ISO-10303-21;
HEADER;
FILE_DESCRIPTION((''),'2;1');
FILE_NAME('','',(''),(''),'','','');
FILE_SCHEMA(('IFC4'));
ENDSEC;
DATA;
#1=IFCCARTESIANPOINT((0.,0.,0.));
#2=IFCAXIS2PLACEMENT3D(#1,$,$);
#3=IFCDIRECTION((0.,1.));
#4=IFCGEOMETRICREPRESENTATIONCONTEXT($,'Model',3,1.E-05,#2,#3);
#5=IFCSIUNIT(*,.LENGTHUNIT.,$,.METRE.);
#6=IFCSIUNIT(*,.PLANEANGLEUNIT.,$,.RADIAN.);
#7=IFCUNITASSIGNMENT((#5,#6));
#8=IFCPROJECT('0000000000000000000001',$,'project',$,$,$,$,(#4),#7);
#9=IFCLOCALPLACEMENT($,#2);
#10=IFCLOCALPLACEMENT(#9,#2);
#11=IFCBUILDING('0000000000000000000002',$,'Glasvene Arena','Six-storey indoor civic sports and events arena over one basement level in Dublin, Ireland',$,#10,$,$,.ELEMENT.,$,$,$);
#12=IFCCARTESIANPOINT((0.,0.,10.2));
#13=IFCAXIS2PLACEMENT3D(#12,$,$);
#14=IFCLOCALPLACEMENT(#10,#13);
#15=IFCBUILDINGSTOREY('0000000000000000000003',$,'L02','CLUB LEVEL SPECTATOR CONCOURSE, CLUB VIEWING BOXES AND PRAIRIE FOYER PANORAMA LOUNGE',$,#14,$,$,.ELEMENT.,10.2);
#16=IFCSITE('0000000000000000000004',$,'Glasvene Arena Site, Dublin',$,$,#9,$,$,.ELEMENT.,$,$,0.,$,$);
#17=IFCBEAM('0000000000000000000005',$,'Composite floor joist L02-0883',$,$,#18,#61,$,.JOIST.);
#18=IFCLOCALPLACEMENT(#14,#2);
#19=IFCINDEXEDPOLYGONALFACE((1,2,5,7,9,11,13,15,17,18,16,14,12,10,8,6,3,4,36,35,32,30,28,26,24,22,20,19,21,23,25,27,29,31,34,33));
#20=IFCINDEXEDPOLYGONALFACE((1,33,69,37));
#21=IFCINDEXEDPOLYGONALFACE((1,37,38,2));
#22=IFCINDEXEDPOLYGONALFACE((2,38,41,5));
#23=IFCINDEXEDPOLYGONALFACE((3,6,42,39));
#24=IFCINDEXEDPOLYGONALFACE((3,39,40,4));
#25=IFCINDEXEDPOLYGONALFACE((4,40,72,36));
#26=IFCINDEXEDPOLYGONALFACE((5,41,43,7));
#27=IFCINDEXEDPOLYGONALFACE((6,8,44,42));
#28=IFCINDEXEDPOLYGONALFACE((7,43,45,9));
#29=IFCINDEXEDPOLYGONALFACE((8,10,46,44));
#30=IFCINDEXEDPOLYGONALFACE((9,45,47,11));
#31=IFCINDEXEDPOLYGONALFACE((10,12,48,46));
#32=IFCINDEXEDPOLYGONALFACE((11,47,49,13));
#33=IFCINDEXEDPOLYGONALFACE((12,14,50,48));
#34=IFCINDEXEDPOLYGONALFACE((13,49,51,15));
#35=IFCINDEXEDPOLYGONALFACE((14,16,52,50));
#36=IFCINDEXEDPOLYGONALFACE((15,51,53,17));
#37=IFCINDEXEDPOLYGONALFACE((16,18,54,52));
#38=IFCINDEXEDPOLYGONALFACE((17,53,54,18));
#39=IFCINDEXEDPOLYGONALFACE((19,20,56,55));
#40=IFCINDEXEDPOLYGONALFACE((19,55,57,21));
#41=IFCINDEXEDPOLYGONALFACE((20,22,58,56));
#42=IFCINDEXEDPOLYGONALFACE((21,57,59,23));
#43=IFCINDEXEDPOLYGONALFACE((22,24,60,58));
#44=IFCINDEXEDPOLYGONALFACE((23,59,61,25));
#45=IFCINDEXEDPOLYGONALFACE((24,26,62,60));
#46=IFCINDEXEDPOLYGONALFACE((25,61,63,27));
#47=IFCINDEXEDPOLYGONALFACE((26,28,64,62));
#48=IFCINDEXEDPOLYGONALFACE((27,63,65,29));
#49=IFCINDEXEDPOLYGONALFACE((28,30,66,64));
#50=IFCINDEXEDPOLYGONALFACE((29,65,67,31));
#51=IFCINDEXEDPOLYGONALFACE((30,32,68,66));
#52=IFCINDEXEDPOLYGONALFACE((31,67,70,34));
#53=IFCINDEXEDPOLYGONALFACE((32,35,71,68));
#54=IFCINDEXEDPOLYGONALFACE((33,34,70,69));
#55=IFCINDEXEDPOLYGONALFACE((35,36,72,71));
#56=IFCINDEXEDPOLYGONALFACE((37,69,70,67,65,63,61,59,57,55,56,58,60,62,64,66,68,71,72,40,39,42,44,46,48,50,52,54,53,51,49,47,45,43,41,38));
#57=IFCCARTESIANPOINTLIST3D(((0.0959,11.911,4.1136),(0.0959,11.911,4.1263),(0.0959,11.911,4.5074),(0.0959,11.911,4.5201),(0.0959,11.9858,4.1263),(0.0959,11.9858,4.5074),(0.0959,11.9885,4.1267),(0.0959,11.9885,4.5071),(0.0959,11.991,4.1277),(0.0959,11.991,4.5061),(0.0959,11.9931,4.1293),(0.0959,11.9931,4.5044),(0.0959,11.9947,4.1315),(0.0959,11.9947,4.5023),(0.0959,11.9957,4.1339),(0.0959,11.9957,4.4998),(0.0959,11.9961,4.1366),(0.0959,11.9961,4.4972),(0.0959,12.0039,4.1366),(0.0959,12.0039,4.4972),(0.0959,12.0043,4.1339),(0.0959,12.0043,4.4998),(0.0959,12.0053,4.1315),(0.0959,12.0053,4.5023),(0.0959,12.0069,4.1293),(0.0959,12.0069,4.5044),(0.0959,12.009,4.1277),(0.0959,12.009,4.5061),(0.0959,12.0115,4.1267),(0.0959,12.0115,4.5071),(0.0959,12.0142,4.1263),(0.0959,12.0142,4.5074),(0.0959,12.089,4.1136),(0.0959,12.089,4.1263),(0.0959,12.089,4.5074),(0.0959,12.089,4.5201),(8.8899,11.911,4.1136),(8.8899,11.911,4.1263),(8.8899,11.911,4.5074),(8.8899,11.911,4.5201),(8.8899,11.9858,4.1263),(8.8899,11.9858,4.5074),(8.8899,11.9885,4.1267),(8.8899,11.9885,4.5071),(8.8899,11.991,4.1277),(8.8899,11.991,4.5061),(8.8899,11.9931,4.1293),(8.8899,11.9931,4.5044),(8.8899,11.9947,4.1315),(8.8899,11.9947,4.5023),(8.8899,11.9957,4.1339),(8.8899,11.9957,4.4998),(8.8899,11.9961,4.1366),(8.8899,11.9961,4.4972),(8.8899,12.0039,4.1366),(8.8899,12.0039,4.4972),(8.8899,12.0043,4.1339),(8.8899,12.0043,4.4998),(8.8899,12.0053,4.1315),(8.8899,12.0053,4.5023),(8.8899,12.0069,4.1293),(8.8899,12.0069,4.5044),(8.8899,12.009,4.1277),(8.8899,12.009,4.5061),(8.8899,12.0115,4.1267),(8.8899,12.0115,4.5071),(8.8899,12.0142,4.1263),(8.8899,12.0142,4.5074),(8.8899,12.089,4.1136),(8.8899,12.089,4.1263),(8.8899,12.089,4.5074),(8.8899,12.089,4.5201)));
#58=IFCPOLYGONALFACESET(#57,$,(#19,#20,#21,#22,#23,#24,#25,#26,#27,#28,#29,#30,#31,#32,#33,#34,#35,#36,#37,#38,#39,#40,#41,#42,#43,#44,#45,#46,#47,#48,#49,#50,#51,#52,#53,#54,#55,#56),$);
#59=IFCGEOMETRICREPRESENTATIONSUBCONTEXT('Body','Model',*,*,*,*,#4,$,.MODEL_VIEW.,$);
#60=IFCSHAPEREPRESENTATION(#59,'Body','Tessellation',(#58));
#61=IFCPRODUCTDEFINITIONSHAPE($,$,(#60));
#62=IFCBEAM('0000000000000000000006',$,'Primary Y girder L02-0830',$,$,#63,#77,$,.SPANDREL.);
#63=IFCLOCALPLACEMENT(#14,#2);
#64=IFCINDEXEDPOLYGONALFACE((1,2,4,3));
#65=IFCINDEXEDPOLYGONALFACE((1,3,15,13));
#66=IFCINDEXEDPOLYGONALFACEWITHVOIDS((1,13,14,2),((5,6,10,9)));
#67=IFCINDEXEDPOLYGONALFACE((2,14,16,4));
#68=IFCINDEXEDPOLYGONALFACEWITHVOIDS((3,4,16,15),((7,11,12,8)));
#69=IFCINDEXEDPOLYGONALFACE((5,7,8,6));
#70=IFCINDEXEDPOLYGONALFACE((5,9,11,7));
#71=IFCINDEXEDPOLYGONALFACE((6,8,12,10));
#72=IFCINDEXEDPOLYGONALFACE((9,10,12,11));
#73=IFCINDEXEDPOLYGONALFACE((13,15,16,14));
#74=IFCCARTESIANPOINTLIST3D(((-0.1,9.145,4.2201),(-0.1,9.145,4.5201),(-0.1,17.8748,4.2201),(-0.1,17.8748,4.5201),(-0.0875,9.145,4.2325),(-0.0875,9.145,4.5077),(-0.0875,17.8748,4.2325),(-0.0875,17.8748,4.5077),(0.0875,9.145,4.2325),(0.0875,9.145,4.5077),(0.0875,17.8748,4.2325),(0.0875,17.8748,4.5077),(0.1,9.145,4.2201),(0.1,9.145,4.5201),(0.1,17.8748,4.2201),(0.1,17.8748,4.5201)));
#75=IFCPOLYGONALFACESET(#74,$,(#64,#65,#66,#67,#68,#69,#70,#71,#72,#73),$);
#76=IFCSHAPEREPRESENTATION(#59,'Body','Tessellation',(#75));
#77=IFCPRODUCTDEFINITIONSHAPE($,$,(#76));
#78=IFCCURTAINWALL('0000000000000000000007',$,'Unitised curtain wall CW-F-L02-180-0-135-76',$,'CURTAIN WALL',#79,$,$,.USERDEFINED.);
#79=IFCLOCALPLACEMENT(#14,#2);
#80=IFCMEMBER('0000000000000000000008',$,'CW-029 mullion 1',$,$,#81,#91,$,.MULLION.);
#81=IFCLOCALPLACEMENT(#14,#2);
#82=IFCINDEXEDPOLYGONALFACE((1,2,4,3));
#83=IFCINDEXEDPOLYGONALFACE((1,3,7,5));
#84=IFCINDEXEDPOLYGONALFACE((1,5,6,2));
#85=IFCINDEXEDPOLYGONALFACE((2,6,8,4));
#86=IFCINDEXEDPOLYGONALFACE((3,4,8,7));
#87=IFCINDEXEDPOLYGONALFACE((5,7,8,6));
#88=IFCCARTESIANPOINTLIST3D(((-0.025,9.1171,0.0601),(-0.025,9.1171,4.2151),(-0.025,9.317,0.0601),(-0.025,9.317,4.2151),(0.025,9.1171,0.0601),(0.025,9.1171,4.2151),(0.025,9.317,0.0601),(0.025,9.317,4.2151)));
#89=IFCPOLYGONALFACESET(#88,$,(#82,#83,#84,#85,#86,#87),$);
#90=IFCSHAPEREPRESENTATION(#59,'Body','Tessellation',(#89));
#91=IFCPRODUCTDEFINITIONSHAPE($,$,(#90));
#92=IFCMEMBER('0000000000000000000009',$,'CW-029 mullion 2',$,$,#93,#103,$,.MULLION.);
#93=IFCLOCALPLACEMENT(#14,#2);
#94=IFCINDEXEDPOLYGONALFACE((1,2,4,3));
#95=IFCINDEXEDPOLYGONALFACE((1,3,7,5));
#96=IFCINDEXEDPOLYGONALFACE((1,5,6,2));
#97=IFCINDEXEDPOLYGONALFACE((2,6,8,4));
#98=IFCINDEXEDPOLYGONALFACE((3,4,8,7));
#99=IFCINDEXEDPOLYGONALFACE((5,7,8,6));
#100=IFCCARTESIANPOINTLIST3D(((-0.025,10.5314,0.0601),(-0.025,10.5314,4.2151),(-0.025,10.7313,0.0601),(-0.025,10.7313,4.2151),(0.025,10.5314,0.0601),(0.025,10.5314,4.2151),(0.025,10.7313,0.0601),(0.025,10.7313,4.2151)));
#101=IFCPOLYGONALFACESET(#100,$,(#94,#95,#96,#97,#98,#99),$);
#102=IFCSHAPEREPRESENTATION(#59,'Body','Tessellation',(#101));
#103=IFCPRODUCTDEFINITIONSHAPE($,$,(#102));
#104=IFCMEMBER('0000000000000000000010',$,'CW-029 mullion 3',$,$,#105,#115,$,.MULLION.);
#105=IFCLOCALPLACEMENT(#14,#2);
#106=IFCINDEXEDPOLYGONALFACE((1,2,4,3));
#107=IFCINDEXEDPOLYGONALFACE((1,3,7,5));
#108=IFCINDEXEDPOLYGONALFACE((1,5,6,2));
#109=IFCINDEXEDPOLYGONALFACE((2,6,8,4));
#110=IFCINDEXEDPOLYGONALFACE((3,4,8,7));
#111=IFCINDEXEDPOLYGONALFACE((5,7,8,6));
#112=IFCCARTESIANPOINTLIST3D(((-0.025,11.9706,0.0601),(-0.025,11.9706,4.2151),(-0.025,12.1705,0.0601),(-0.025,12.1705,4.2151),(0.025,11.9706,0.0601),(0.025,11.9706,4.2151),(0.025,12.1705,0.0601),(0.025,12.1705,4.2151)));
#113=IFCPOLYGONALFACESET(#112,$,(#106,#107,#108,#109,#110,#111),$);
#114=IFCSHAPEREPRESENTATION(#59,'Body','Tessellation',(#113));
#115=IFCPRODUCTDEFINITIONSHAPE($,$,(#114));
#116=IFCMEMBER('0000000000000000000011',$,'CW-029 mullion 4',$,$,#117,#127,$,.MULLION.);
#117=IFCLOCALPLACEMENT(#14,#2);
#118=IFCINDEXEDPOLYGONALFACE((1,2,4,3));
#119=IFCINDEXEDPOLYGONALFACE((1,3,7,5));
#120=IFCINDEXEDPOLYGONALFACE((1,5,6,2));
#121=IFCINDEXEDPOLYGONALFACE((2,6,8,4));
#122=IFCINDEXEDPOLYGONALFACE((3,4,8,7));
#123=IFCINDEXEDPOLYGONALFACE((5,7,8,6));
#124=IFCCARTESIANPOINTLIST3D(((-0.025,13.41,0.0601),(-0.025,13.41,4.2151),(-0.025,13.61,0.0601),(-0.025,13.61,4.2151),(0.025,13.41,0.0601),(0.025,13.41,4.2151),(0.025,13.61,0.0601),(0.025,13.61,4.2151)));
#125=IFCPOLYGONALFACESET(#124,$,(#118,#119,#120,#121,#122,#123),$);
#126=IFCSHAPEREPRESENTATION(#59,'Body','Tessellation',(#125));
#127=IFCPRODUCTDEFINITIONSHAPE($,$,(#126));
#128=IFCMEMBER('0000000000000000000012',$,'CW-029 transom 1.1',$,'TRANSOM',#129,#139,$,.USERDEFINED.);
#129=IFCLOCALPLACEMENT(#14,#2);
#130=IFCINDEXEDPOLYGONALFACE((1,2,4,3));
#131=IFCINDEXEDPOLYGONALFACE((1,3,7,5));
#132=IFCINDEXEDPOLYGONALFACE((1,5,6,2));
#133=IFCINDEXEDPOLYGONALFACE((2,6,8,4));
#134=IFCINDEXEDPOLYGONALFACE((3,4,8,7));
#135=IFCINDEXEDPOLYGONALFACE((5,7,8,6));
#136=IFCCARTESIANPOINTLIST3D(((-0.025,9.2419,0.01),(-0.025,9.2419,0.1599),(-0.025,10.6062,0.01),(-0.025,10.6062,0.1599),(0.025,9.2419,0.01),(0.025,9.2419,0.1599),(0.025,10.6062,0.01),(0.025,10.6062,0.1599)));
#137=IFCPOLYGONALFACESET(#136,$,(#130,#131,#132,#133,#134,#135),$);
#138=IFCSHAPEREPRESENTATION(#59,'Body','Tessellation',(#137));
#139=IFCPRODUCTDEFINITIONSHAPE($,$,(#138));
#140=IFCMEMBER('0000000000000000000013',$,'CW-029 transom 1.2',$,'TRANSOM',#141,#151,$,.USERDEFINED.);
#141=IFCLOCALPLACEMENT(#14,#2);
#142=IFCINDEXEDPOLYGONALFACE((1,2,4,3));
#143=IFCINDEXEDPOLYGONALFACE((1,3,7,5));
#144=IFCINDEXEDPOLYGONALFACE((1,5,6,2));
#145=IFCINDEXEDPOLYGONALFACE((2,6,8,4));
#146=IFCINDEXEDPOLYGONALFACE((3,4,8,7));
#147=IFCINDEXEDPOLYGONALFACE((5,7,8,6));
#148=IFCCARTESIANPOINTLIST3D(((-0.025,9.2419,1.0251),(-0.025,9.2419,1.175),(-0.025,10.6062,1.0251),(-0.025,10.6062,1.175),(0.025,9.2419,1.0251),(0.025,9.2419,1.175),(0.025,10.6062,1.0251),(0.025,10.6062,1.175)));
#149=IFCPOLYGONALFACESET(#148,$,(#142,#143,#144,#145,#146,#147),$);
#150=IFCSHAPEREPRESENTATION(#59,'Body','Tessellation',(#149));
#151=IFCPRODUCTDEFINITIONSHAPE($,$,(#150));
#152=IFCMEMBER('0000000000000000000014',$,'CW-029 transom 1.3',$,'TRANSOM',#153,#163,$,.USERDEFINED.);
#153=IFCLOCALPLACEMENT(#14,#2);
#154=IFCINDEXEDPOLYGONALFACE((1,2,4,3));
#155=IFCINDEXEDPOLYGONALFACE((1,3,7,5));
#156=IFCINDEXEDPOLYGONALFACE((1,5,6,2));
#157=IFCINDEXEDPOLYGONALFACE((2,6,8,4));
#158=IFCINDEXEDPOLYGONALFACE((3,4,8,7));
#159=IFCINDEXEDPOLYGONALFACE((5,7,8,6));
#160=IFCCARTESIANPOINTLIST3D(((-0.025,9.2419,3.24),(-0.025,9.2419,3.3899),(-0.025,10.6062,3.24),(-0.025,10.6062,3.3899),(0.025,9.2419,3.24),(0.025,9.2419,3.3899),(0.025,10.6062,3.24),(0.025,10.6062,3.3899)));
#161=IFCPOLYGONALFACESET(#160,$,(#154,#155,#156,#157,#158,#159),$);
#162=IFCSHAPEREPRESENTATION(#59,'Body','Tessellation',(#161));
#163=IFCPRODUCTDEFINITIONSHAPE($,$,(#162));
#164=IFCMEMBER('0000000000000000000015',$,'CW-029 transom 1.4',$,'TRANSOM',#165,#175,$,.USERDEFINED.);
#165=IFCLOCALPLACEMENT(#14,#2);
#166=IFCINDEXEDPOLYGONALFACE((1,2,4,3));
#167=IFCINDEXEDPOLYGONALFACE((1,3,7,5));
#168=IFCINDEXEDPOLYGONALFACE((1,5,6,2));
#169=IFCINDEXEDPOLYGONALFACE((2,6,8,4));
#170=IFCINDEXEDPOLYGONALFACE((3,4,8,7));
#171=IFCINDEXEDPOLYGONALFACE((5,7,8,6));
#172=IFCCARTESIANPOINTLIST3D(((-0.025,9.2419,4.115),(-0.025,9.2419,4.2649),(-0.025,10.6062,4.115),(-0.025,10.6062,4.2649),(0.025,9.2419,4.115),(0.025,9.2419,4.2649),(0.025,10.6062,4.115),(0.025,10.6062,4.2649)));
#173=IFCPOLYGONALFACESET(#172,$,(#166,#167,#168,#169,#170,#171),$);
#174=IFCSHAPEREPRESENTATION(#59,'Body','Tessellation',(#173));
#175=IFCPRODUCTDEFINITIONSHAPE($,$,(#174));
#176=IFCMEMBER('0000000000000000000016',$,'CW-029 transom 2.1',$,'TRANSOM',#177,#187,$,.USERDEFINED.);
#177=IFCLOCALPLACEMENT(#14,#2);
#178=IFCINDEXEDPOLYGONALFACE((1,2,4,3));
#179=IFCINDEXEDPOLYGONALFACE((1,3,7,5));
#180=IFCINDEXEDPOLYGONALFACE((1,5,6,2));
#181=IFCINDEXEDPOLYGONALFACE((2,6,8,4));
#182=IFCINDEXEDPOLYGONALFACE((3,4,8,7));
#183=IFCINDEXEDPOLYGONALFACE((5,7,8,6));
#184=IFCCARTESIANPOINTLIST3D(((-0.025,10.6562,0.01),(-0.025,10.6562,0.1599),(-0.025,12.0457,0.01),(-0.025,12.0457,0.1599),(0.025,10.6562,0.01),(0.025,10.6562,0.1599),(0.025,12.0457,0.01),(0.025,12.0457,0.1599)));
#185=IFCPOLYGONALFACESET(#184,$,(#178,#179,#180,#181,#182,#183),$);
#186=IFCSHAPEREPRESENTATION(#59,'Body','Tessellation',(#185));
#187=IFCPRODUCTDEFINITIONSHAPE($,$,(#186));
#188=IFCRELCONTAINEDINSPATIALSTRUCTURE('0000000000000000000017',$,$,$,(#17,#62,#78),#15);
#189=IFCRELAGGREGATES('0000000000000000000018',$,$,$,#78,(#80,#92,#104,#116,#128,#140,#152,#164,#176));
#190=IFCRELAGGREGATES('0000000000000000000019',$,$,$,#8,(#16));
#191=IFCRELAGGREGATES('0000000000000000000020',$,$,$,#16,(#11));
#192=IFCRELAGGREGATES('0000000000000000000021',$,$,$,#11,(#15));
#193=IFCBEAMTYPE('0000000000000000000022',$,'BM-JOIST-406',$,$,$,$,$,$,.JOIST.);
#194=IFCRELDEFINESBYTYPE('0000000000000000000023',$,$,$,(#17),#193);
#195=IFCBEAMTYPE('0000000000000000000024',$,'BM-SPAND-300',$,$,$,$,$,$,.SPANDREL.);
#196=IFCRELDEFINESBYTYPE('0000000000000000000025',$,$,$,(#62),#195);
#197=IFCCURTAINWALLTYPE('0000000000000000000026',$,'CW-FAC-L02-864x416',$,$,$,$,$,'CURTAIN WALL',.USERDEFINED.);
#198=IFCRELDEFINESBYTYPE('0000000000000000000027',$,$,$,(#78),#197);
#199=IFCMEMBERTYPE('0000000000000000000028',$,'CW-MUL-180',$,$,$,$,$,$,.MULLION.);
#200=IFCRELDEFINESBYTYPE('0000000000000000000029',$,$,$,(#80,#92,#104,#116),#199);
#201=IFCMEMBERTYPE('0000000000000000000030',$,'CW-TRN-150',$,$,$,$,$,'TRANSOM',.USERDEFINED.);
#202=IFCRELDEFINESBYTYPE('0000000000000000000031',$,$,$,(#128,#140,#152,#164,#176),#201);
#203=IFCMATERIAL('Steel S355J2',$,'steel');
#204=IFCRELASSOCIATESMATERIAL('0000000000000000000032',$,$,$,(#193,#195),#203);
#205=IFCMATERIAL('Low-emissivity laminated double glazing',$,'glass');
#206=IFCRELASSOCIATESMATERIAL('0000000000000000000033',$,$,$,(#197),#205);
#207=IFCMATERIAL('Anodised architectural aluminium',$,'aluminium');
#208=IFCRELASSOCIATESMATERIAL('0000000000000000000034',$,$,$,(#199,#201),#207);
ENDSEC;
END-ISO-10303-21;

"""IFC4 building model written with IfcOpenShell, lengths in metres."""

from ifc_helpers import new_model, si_unit, direction, frame, origin, origin_2d, place, context, subcontext, project, spatial, rectangle, hollow_rectangle, i_section, extrude, material, material_profile, profile_set, type_object, element, aggregate, save


model = new_model("IFC4")

# Units and contexts
model_context = context("Model", 3, precision=1e-05, world=origin(), true_north=direction((0.0, 1.0)))
body_context = subcontext(model_context, "Body", "Model", "MODEL_VIEW")
ifc_project = project(units=[si_unit("LENGTHUNIT", "METRE"), si_unit("PLANEANGLEUNIT", "RADIAN")], contexts=[model_context])

# Site, building, storey
site_placement = place(None, origin())
site = spatial("IfcSite", under=ifc_project, at=site_placement, Name="Glasvene Arena Site, Dublin", CompositionType="ELEMENT", RefElevation=0.0)
building_placement = place(site_placement, origin())
building = spatial("IfcBuilding", under=site, at=building_placement, Name="Glasvene Arena", Description="Six-storey indoor civic sports and events arena over one basement level in Dublin, Ireland", CompositionType="ELEMENT")
storey_placement = place(building_placement, frame((0.0, 0.0, 10.2)))
storey = spatial("IfcBuildingStorey", under=building, at=storey_placement, Name="L02", Description="CLUB LEVEL SPECTATOR CONCOURSE, CLUB VIEWING BOXES AND PRAIRIE FOYER PANORAMA LOUNGE", CompositionType="ELEMENT", Elevation=10.2)

# Beams
ifc_material_1 = material(Name="Steel S355J2", Category="steel")
ifc_material_profile_1 = material_profile(ifc_material_1, i_section(OverallWidth=0.178, OverallDepth=0.4065, WebThickness=0.0078, FlangeThickness=0.0127, FilletRadius=0.0103, at=origin_2d()), Name="UKB 406x178x60")
ifc_profile_set_1 = profile_set([ifc_material_profile_1], Name="Steel S355J2")
beam_type_1 = type_object("IfcBeamType", Name="BM-JOIST-406", PredefinedType="JOIST", material=ifc_profile_set_1)
beam_1_placement = place(storey_placement, frame((0.0959, 12.0, 4.3169), z_axis=(1.0, 0.0, 0.0), x_axis=(0.0, 1.0, 0.0)))
element("IfcBeam", 1, at=beam_1_placement, inside=storey, type_object=beam_type_1, Name="Composite floor joist L02-0883", PredefinedType="JOIST", context=body_context, shape_type="SweptSolid", body=[
    extrude(i_section(OverallWidth=0.178, OverallDepth=0.4065, WebThickness=0.0078, FlangeThickness=0.0127, FilletRadius=0.0103, at=origin_2d()), origin(), (0.0, 0.0, 1.0), 8.7939),
])
ifc_material_profile_2 = material_profile(ifc_material_1, hollow_rectangle(XDim=0.2, YDim=0.3, WallThickness=0.0125, at=origin_2d()), Name="RHS 300x200x12.5")
ifc_profile_set_2 = profile_set([ifc_material_profile_2], Name="Steel S355J2")
beam_type_2 = type_object("IfcBeamType", Name="BM-SPAND-300", PredefinedType="SPANDREL", material=ifc_profile_set_2)
beam_2_placement = place(storey_placement, frame((0.0, 9.145, 4.3701), z_axis=(0.0, 1.0, 0.0), x_axis=(-1.0, 0.0, 0.0)))
element("IfcBeam", 2, at=beam_2_placement, inside=storey, type_object=beam_type_2, Name="Primary Y girder L02-0830", PredefinedType="SPANDREL", context=body_context, shape_type="SweptSolid", body=[
    extrude(hollow_rectangle(XDim=0.2, YDim=0.3, WallThickness=0.0125, at=origin_2d()), origin(), (0.0, 0.0, 1.0), 8.7297),
])

# Curtain wall, members
ifc_material_2 = material(Name="Low-emissivity laminated double glazing", Category="glass")
curtain_wall_type = type_object("IfcCurtainWallType", Name="CW-FAC-L02-864x416", ElementType="CURTAIN WALL", PredefinedType="USERDEFINED", material=ifc_material_2)
curtain_wall_placement = place(storey_placement, frame((0.0, 9.1919, 0.0)))
curtain_wall = element("IfcCurtainWall", 3, at=curtain_wall_placement, inside=storey, type_object=curtain_wall_type, Name="Unitised curtain wall CW-F-L02-180-0-135-76", ObjectType="CURTAIN WALL", PredefinedType="USERDEFINED")
ifc_material_3 = material(Name="Anodised architectural aluminium", Category="aluminium")
ifc_material_profile_3 = material_profile(ifc_material_3, rectangle(XDim=0.05, YDim=0.2, at=origin_2d()), Name="ALU MULLION 50x200")
ifc_profile_set_3 = profile_set([ifc_material_profile_3], Name="Anodised architectural aluminium")
member_type_1 = type_object("IfcMemberType", Name="CW-MUL-180", PredefinedType="MULLION", material=ifc_profile_set_3)
member_1_placement = place(storey_placement, frame((0.0, 9.217, 0.0601), z_axis=(0.0, 0.0, 1.0), x_axis=(-1.0, 0.0, 0.0)))
member_1 = element("IfcMember", 4, at=member_1_placement, type_object=member_type_1, Name="CW-029 mullion 1", PredefinedType="MULLION", context=body_context, shape_type="SweptSolid", body=[
    extrude(rectangle(XDim=0.05, YDim=0.2, at=origin_2d()), origin(), (0.0, 0.0, 1.0), 4.155),
])
member_2_placement = place(storey_placement, frame((0.0, 10.6313, 0.0601), z_axis=(0.0, 0.0, 1.0), x_axis=(-1.0, 0.0, 0.0)))
member_2 = element("IfcMember", 5, at=member_2_placement, type_object=member_type_1, Name="CW-029 mullion 2", PredefinedType="MULLION", context=body_context, shape_type="SweptSolid", body=[
    extrude(rectangle(XDim=0.05, YDim=0.2, at=origin_2d()), origin(), (0.0, 0.0, 1.0), 4.155),
])
member_3_placement = place(storey_placement, frame((0.0, 12.0706, 0.0601), z_axis=(0.0, 0.0, 1.0), x_axis=(-1.0, 0.0, 0.0)))
member_3 = element("IfcMember", 6, at=member_3_placement, type_object=member_type_1, Name="CW-029 mullion 3", PredefinedType="MULLION", context=body_context, shape_type="SweptSolid", body=[
    extrude(rectangle(XDim=0.05, YDim=0.2, at=origin_2d()), origin(), (0.0, 0.0, 1.0), 4.155),
])
member_4_placement = place(storey_placement, frame((0.0, 13.51, 0.0601), z_axis=(0.0, 0.0, 1.0), x_axis=(-1.0, 0.0, 0.0)))
member_4 = element("IfcMember", 7, at=member_4_placement, type_object=member_type_1, Name="CW-029 mullion 4", PredefinedType="MULLION", context=body_context, shape_type="SweptSolid", body=[
    extrude(rectangle(XDim=0.05, YDim=0.2, at=origin_2d()), origin(), (0.0, 0.0, 1.0), 4.155),
])
ifc_material_profile_4 = material_profile(ifc_material_3, rectangle(XDim=0.05, YDim=0.1499, at=origin_2d()), Name="ALU TRANSOM 50x150")
ifc_profile_set_4 = profile_set([ifc_material_profile_4], Name="Anodised architectural aluminium")
member_type_2 = type_object("IfcMemberType", Name="CW-TRN-150", ElementType="TRANSOM", PredefinedType="USERDEFINED", material=ifc_profile_set_4)
member_5_placement = place(storey_placement, frame((0.0, 9.2419, 0.085), z_axis=(0.0, 1.0, 0.0), x_axis=(-1.0, 0.0, 0.0)))
member_5 = element("IfcMember", 8, at=member_5_placement, type_object=member_type_2, Name="CW-029 transom 1.1", ObjectType="TRANSOM", PredefinedType="USERDEFINED", context=body_context, shape_type="SweptSolid", body=[
    extrude(rectangle(XDim=0.05, YDim=0.1499, at=origin_2d()), origin(), (0.0, 0.0, 1.0), 1.3643),
])
member_6_placement = place(storey_placement, frame((0.0, 9.2419, 1.1001), z_axis=(0.0, 1.0, 0.0), x_axis=(-1.0, 0.0, 0.0)))
member_6 = element("IfcMember", 9, at=member_6_placement, type_object=member_type_2, Name="CW-029 transom 1.2", ObjectType="TRANSOM", PredefinedType="USERDEFINED", context=body_context, shape_type="SweptSolid", body=[
    extrude(rectangle(XDim=0.05, YDim=0.1499, at=origin_2d()), origin(), (0.0, 0.0, 1.0), 1.3643),
])
member_7_placement = place(storey_placement, frame((0.0, 9.2419, 3.3149), z_axis=(0.0, 1.0, 0.0), x_axis=(-1.0, 0.0, 0.0)))
member_7 = element("IfcMember", 10, at=member_7_placement, type_object=member_type_2, Name="CW-029 transom 1.3", ObjectType="TRANSOM", PredefinedType="USERDEFINED", context=body_context, shape_type="SweptSolid", body=[
    extrude(rectangle(XDim=0.05, YDim=0.1499, at=origin_2d()), origin(), (0.0, 0.0, 1.0), 1.3643),
])
member_8_placement = place(storey_placement, frame((0.0, 9.2419, 4.1899), z_axis=(0.0, 1.0, 0.0), x_axis=(-1.0, 0.0, 0.0)))
member_8 = element("IfcMember", 11, at=member_8_placement, type_object=member_type_2, Name="CW-029 transom 1.4", ObjectType="TRANSOM", PredefinedType="USERDEFINED", context=body_context, shape_type="SweptSolid", body=[
    extrude(rectangle(XDim=0.05, YDim=0.1499, at=origin_2d()), origin(), (0.0, 0.0, 1.0), 1.3643),
])
member_9_placement = place(storey_placement, frame((0.0, 10.6562, 0.085), z_axis=(0.0, 1.0, 0.0), x_axis=(-1.0, 0.0, 0.0)))
member_9 = element("IfcMember", 12, at=member_9_placement, type_object=member_type_2, Name="CW-029 transom 2.1", ObjectType="TRANSOM", PredefinedType="USERDEFINED", context=body_context, shape_type="SweptSolid", body=[
    extrude(rectangle(XDim=0.05, YDim=0.1499, at=origin_2d()), origin(), (0.0, 0.0, 1.0), 1.3894),
])
aggregate(curtain_wall, [member_1, member_2, member_3, member_4, member_5, member_6, member_7, member_8, member_9])

save(model, "model.ifc")
